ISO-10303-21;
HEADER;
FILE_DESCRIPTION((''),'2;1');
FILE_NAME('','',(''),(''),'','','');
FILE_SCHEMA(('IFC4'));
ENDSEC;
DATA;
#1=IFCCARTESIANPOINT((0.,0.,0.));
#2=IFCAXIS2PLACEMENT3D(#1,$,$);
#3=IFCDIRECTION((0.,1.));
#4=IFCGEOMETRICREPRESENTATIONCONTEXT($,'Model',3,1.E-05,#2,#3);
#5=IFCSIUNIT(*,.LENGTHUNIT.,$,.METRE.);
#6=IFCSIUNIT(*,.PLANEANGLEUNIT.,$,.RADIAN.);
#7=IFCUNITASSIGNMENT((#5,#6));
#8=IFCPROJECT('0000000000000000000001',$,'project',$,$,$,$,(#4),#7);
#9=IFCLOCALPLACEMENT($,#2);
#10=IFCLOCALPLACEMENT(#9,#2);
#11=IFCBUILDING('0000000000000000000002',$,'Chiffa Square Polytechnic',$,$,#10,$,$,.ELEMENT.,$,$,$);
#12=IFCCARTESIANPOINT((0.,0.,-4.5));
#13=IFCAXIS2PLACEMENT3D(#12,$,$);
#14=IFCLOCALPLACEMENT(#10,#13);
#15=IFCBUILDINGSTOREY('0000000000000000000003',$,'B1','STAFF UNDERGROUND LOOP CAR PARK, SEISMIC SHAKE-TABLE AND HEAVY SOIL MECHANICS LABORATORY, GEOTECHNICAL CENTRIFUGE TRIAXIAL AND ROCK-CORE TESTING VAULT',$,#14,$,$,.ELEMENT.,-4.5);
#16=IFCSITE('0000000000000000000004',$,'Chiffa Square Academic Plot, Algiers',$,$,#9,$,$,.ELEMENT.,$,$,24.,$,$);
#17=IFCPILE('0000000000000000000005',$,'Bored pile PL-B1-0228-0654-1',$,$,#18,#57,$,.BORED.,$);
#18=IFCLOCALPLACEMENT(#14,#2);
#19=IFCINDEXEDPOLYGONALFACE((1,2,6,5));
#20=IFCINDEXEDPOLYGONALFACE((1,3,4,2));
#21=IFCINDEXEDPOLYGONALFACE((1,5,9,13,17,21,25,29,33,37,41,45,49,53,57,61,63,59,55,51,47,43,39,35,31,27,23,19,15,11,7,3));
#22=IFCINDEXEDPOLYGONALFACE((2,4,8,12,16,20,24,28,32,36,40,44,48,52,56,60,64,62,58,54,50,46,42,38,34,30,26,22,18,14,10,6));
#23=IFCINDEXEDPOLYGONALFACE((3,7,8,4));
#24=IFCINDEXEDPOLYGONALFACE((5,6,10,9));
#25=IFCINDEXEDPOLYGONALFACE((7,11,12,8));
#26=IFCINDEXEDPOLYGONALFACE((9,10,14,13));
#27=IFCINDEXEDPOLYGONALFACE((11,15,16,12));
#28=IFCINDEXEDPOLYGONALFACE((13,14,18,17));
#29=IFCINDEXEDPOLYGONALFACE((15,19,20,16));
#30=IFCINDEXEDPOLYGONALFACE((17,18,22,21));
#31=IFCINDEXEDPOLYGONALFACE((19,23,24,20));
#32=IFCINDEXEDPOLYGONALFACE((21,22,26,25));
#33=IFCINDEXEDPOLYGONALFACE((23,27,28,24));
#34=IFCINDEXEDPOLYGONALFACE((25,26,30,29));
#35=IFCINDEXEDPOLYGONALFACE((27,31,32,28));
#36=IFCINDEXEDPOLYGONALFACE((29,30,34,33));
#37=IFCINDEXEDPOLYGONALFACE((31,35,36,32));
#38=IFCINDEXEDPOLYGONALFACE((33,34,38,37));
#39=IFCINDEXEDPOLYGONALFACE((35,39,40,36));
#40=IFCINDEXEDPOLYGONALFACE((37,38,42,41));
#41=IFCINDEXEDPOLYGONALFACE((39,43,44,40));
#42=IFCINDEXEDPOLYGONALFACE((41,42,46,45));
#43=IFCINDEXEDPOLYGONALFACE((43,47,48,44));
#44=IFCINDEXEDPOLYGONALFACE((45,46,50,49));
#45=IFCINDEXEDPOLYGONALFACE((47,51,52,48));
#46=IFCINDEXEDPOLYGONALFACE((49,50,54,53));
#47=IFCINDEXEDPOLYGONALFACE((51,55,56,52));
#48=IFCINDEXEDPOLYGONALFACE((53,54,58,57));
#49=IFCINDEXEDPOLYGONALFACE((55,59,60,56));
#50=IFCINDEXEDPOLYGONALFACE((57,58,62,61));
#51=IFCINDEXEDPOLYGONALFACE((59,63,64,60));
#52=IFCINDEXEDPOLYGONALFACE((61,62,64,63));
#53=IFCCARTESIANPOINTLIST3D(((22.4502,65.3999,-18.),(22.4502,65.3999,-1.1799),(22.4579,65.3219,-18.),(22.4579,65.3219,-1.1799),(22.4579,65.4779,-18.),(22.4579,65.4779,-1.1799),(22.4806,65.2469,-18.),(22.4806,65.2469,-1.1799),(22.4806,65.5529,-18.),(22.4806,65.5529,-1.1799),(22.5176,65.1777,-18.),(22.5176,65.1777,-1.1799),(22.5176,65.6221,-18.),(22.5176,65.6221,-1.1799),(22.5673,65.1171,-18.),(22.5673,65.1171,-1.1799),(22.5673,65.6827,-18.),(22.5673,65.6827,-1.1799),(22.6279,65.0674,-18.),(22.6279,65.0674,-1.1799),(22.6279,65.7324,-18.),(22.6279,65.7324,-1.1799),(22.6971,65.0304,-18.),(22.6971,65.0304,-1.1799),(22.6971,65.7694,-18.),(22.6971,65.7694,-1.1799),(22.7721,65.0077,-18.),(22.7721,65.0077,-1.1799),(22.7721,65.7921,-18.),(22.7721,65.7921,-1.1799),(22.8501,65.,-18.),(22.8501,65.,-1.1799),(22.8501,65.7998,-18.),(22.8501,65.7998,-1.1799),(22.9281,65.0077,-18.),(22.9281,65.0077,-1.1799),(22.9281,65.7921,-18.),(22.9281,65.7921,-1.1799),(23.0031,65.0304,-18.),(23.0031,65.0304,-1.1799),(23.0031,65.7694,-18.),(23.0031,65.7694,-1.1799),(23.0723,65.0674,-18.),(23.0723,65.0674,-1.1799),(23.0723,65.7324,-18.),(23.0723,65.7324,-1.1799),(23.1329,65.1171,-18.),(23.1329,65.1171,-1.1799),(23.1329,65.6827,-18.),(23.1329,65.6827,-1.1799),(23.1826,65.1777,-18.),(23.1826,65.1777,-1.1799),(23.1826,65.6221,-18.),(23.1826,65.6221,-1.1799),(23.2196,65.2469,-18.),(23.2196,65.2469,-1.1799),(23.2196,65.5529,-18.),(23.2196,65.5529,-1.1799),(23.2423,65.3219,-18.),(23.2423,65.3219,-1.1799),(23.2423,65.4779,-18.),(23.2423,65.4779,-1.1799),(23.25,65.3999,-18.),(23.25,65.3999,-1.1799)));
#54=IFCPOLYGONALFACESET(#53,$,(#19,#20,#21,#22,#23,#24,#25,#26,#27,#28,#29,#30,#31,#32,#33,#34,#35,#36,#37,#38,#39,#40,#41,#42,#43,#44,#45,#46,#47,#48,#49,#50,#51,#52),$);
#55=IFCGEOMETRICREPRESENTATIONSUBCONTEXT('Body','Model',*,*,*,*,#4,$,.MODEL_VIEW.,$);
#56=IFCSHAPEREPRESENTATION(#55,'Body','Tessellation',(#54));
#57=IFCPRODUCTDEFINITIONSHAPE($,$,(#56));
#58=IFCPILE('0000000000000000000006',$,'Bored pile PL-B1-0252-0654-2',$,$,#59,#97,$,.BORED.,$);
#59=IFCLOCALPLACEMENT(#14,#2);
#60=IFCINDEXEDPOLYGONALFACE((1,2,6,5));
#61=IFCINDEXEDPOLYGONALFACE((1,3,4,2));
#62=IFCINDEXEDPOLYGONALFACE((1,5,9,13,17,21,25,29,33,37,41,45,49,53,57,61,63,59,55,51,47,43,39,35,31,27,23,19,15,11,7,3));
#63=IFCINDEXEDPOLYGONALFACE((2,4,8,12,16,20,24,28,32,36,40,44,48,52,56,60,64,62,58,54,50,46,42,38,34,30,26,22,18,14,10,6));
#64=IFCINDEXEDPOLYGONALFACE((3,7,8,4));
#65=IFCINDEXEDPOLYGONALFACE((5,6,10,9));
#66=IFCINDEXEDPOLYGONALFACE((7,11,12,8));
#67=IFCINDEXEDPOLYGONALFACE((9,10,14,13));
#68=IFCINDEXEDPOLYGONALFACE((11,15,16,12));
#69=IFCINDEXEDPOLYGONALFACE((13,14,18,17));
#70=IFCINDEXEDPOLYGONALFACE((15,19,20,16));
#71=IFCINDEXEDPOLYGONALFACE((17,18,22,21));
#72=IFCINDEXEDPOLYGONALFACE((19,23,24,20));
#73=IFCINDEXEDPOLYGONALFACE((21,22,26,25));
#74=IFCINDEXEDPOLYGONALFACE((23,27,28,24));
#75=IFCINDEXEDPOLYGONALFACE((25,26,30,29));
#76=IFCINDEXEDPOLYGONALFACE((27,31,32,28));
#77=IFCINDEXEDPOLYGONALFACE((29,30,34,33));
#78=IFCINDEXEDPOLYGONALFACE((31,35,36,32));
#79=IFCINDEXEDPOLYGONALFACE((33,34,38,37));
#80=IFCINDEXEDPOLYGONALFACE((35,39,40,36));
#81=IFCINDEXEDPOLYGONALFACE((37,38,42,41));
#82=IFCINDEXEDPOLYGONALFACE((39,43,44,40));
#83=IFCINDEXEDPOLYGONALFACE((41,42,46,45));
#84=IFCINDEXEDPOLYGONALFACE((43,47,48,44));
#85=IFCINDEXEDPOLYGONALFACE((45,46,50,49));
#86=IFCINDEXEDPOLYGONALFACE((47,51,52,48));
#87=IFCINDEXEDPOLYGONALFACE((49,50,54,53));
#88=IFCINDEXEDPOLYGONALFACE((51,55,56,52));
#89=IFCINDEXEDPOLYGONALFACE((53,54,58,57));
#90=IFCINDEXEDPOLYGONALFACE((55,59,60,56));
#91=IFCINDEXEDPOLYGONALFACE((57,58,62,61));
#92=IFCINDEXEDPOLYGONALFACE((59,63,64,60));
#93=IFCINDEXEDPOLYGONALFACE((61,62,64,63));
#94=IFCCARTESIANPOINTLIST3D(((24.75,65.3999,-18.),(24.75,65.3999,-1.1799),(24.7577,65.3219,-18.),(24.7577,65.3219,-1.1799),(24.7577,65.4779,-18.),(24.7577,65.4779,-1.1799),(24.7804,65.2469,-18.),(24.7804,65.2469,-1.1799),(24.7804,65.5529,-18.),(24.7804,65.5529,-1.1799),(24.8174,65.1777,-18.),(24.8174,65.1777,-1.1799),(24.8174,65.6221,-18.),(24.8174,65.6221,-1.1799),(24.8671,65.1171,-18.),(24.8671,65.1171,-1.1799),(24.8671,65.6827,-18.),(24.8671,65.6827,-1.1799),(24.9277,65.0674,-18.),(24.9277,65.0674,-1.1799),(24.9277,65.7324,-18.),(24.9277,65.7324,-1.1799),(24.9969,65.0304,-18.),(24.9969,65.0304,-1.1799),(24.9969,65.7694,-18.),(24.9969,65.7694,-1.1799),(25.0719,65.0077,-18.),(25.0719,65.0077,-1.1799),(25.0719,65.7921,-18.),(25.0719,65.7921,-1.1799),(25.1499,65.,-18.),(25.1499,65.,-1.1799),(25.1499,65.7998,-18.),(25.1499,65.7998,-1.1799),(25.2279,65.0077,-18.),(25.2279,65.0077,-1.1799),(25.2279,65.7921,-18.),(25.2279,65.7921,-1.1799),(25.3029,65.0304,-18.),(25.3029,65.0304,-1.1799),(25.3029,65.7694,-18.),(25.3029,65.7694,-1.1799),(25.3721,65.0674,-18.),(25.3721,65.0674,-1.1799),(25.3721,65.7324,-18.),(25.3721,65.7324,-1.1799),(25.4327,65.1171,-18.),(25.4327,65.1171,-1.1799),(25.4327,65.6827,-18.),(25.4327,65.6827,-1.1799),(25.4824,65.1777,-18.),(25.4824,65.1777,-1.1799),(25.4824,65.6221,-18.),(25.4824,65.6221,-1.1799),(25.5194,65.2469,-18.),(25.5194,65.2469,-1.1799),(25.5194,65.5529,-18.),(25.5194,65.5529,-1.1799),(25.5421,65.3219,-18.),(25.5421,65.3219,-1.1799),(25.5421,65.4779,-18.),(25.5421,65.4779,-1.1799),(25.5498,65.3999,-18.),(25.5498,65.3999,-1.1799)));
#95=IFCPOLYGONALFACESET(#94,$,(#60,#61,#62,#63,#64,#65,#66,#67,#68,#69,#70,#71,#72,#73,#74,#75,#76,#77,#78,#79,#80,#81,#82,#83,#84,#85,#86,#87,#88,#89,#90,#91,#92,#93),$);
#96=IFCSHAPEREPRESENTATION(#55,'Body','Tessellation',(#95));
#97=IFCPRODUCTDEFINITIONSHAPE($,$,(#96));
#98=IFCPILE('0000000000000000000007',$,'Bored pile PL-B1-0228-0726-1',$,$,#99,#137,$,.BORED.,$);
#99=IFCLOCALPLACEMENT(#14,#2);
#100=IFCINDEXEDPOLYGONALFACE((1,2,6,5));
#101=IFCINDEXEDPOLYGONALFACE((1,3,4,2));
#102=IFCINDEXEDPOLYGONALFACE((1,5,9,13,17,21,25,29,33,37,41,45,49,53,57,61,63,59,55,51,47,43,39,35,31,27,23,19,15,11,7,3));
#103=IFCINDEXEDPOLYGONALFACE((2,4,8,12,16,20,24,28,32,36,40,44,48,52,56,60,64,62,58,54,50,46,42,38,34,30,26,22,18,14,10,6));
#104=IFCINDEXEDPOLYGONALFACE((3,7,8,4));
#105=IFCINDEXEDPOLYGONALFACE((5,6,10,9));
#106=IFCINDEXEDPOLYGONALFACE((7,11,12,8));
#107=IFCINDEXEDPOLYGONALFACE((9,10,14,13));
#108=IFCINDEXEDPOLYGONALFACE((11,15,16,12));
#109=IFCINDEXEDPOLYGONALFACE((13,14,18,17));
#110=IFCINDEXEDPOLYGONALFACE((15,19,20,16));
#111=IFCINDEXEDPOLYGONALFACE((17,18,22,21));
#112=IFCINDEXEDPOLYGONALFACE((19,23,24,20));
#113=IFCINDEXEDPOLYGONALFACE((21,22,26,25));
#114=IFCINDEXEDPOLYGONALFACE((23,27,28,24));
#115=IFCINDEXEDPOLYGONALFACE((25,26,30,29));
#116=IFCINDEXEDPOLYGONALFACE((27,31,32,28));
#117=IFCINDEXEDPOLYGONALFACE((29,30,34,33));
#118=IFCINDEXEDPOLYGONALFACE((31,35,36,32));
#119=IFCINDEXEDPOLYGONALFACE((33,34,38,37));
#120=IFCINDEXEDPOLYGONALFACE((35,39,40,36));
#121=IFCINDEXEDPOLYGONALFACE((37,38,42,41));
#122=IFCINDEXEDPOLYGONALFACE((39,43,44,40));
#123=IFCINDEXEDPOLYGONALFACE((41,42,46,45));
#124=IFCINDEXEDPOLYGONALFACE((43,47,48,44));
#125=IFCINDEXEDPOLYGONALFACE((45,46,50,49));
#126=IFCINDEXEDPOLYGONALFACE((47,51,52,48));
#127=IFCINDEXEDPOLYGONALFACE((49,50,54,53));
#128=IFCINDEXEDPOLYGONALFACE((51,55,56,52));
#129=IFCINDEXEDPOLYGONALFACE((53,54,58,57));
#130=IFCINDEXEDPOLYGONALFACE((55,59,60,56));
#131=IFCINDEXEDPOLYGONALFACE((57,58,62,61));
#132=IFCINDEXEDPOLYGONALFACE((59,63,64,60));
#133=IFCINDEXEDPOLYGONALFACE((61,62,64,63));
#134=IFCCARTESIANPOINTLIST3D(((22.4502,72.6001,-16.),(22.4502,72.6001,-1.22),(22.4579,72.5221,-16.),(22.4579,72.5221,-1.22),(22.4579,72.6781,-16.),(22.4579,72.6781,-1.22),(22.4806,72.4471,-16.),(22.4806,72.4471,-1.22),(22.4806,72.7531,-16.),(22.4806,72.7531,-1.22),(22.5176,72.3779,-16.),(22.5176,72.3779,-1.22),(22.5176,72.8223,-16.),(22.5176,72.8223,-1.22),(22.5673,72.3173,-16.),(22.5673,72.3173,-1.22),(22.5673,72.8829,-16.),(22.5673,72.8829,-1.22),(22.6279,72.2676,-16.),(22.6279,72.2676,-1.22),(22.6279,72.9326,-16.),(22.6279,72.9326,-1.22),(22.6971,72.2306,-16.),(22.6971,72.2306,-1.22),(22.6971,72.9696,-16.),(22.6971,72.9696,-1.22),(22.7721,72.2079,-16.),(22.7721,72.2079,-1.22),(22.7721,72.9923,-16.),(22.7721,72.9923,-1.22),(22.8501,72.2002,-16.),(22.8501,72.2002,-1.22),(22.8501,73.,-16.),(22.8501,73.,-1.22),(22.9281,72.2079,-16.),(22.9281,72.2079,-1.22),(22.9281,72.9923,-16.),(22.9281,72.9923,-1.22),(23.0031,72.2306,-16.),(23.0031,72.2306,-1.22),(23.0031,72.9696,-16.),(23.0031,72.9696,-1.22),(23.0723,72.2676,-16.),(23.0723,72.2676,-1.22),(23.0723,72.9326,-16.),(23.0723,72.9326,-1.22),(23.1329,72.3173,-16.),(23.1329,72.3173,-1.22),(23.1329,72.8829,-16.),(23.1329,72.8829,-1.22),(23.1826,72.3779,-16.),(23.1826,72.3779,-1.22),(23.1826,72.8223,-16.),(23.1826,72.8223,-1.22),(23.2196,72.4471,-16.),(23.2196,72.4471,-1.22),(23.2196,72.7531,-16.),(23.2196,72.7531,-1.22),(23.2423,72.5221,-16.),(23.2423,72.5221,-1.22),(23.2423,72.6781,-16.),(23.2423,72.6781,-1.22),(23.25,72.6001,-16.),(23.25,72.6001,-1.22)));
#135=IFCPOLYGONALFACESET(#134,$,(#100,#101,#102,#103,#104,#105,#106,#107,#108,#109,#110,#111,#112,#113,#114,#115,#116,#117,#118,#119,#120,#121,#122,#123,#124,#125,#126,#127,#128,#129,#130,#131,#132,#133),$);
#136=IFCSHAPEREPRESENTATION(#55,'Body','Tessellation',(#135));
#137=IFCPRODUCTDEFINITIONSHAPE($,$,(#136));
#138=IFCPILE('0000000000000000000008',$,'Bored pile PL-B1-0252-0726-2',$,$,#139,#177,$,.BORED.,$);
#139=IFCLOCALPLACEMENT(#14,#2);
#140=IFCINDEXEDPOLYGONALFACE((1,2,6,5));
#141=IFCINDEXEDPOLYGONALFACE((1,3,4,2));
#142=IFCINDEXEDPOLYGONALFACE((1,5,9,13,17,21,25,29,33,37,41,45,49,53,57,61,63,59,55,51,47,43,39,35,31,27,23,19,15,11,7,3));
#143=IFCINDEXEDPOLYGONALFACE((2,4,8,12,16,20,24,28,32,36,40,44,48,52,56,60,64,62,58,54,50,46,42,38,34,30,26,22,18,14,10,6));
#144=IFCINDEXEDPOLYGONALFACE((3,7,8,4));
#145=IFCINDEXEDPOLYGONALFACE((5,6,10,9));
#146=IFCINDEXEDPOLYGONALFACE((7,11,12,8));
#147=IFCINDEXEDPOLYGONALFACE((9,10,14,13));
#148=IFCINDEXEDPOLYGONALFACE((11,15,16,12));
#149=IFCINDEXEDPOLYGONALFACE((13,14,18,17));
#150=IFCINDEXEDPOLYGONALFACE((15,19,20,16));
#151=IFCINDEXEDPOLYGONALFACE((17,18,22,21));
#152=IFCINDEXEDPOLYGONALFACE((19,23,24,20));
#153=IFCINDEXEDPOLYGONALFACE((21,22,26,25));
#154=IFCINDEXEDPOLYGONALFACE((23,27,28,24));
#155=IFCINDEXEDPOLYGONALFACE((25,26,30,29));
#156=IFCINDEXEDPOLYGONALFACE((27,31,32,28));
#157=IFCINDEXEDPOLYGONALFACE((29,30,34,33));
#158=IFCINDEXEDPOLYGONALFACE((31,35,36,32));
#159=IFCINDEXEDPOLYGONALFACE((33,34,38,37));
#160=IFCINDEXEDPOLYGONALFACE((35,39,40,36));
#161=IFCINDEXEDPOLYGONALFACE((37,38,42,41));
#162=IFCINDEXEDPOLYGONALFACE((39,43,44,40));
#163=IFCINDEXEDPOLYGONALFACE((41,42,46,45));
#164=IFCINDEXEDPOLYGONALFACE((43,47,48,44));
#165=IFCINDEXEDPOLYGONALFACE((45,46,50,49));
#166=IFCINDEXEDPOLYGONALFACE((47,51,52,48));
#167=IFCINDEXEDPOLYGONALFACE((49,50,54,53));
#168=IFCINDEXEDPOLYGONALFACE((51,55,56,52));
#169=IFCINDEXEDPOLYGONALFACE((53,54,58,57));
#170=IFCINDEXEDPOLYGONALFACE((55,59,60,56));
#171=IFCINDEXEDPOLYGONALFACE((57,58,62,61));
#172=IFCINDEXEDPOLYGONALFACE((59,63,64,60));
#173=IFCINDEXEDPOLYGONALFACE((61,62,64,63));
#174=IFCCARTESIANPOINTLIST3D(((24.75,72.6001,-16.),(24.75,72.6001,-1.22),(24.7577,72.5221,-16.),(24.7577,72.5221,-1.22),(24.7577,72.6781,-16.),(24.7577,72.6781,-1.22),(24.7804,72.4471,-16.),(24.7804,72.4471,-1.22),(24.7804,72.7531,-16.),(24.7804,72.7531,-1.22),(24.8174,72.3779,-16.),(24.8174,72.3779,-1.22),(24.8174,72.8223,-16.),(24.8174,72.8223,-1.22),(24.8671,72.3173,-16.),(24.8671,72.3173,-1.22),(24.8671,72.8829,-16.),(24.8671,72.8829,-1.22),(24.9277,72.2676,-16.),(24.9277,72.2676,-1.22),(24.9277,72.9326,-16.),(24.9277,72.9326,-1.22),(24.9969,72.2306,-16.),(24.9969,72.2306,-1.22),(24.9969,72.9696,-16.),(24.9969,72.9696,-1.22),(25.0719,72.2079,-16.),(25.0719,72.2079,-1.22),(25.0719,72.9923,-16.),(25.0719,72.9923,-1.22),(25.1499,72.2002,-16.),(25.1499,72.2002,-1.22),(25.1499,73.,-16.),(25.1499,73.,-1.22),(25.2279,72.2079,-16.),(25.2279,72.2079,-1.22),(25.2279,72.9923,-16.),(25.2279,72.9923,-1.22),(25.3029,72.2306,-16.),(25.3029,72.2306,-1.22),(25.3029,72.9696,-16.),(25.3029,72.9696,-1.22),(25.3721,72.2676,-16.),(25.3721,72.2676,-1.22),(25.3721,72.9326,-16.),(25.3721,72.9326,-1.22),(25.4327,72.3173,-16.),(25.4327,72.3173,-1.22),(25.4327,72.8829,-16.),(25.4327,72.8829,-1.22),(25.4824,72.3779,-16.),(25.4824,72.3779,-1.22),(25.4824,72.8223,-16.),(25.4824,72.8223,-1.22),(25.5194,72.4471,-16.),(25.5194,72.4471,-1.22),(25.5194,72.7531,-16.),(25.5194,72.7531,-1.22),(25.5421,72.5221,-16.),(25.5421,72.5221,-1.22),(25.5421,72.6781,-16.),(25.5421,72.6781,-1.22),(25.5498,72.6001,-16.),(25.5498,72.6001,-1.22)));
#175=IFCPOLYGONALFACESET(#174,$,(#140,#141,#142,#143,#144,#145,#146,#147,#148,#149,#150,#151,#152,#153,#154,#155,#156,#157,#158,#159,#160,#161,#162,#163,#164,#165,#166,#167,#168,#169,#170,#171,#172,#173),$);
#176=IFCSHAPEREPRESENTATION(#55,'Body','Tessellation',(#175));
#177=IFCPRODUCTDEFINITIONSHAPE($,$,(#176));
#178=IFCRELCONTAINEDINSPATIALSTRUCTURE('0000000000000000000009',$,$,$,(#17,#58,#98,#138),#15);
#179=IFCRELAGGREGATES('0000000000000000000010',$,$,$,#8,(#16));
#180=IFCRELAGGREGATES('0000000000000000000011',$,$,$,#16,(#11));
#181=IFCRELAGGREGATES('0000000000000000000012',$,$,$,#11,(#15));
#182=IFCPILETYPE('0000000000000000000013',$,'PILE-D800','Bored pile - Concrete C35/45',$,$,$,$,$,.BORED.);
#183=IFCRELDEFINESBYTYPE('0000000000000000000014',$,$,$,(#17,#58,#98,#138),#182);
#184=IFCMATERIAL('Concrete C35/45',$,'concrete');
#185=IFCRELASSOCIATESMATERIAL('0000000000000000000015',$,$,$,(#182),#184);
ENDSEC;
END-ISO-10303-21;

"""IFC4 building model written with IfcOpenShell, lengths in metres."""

from ifc_helpers import new_model, si_unit, direction, frame, origin, origin_2d, place, context, subcontext, project, spatial, circle, extrude, material, material_profile, profile_set, type_object, element, save


model = new_model("IFC4")

# Units and contexts
model_context = context("Model", 3, precision=1e-05, world=origin(), true_north=direction((0.0, 1.0)))
body_context = subcontext(model_context, "Body", "Model", "MODEL_VIEW")
ifc_project = project(units=[si_unit("LENGTHUNIT", "METRE"), si_unit("PLANEANGLEUNIT", "RADIAN")], contexts=[model_context])

# Site, building, storey
site_placement = place(None, origin())
site = spatial("IfcSite", under=ifc_project, at=site_placement, Name="Chiffa Square Academic Plot, Algiers", CompositionType="ELEMENT", RefElevation=24.0)
building_placement = place(site_placement, origin())
building = spatial("IfcBuilding", under=site, at=building_placement, Name="Chiffa Square Polytechnic", CompositionType="ELEMENT")
storey_placement = place(building_placement, frame((0.0, 0.0, -4.5)))
storey = spatial("IfcBuildingStorey", under=building, at=storey_placement, Name="B1", Description="STAFF UNDERGROUND LOOP CAR PARK, SEISMIC SHAKE-TABLE AND HEAVY SOIL MECHANICS LABORATORY, GEOTECHNICAL CENTRIFUGE TRIAXIAL AND ROCK-CORE TESTING VAULT", CompositionType="ELEMENT", Elevation=-4.5)

# Shared definitions
ifc_material_1 = material(Name="Concrete C35/45", Category="concrete")

# Piles
ifc_material_profile_1 = material_profile(ifc_material_1, circle(Radius=0.3999, at=origin_2d()), Name="PILE D800")
ifc_profile_set_1 = profile_set([ifc_material_profile_1], Name="Concrete C35/45")
pile_type_1 = type_object("IfcPileType", Name="PILE-D800", Description="Bored pile - Concrete C35/45", PredefinedType="BORED", material=ifc_profile_set_1)
for number, where, z_axis, x_axis, name in (
    (1, (22.8501, 65.3999, -1.1799), (0.0, 0.0, -1.0), (1.0, 0.0, 0.0), "Bored pile PL-B1-0228-0654-1"),
    (2, (25.1499, 65.3999, -1.1799), (0.0, 0.0, -1.0), (1.0, 0.0, 0.0), "Bored pile PL-B1-0252-0654-2"),
):
    element("IfcPile", number, at=place(storey_placement, frame(where, z_axis=z_axis, x_axis=x_axis)), inside=storey, type_object=pile_type_1, Name=name, PredefinedType="BORED", context=body_context, shape_type="SweptSolid", body=[
        extrude(circle(Radius=0.3999, at=origin_2d()), origin(), (0.0, 0.0, 1.0), 16.8201),
    ])
for number, where, z_axis, x_axis, name in (
    (3, (22.8501, 72.6001, -1.22), (0.0, 0.0, -1.0), (1.0, 0.0, 0.0), "Bored pile PL-B1-0228-0726-1"),
    (4, (25.1499, 72.6001, -1.22), (0.0, 0.0, -1.0), (1.0, 0.0, 0.0), "Bored pile PL-B1-0252-0726-2"),
):
    element("IfcPile", number, at=place(storey_placement, frame(where, z_axis=z_axis, x_axis=x_axis)), inside=storey, type_object=pile_type_1, Name=name, PredefinedType="BORED", context=body_context, shape_type="SweptSolid", body=[
        extrude(circle(Radius=0.3999, at=origin_2d()), origin(), (0.0, 0.0, 1.0), 14.78),
    ])

save(model, "model.ifc")
